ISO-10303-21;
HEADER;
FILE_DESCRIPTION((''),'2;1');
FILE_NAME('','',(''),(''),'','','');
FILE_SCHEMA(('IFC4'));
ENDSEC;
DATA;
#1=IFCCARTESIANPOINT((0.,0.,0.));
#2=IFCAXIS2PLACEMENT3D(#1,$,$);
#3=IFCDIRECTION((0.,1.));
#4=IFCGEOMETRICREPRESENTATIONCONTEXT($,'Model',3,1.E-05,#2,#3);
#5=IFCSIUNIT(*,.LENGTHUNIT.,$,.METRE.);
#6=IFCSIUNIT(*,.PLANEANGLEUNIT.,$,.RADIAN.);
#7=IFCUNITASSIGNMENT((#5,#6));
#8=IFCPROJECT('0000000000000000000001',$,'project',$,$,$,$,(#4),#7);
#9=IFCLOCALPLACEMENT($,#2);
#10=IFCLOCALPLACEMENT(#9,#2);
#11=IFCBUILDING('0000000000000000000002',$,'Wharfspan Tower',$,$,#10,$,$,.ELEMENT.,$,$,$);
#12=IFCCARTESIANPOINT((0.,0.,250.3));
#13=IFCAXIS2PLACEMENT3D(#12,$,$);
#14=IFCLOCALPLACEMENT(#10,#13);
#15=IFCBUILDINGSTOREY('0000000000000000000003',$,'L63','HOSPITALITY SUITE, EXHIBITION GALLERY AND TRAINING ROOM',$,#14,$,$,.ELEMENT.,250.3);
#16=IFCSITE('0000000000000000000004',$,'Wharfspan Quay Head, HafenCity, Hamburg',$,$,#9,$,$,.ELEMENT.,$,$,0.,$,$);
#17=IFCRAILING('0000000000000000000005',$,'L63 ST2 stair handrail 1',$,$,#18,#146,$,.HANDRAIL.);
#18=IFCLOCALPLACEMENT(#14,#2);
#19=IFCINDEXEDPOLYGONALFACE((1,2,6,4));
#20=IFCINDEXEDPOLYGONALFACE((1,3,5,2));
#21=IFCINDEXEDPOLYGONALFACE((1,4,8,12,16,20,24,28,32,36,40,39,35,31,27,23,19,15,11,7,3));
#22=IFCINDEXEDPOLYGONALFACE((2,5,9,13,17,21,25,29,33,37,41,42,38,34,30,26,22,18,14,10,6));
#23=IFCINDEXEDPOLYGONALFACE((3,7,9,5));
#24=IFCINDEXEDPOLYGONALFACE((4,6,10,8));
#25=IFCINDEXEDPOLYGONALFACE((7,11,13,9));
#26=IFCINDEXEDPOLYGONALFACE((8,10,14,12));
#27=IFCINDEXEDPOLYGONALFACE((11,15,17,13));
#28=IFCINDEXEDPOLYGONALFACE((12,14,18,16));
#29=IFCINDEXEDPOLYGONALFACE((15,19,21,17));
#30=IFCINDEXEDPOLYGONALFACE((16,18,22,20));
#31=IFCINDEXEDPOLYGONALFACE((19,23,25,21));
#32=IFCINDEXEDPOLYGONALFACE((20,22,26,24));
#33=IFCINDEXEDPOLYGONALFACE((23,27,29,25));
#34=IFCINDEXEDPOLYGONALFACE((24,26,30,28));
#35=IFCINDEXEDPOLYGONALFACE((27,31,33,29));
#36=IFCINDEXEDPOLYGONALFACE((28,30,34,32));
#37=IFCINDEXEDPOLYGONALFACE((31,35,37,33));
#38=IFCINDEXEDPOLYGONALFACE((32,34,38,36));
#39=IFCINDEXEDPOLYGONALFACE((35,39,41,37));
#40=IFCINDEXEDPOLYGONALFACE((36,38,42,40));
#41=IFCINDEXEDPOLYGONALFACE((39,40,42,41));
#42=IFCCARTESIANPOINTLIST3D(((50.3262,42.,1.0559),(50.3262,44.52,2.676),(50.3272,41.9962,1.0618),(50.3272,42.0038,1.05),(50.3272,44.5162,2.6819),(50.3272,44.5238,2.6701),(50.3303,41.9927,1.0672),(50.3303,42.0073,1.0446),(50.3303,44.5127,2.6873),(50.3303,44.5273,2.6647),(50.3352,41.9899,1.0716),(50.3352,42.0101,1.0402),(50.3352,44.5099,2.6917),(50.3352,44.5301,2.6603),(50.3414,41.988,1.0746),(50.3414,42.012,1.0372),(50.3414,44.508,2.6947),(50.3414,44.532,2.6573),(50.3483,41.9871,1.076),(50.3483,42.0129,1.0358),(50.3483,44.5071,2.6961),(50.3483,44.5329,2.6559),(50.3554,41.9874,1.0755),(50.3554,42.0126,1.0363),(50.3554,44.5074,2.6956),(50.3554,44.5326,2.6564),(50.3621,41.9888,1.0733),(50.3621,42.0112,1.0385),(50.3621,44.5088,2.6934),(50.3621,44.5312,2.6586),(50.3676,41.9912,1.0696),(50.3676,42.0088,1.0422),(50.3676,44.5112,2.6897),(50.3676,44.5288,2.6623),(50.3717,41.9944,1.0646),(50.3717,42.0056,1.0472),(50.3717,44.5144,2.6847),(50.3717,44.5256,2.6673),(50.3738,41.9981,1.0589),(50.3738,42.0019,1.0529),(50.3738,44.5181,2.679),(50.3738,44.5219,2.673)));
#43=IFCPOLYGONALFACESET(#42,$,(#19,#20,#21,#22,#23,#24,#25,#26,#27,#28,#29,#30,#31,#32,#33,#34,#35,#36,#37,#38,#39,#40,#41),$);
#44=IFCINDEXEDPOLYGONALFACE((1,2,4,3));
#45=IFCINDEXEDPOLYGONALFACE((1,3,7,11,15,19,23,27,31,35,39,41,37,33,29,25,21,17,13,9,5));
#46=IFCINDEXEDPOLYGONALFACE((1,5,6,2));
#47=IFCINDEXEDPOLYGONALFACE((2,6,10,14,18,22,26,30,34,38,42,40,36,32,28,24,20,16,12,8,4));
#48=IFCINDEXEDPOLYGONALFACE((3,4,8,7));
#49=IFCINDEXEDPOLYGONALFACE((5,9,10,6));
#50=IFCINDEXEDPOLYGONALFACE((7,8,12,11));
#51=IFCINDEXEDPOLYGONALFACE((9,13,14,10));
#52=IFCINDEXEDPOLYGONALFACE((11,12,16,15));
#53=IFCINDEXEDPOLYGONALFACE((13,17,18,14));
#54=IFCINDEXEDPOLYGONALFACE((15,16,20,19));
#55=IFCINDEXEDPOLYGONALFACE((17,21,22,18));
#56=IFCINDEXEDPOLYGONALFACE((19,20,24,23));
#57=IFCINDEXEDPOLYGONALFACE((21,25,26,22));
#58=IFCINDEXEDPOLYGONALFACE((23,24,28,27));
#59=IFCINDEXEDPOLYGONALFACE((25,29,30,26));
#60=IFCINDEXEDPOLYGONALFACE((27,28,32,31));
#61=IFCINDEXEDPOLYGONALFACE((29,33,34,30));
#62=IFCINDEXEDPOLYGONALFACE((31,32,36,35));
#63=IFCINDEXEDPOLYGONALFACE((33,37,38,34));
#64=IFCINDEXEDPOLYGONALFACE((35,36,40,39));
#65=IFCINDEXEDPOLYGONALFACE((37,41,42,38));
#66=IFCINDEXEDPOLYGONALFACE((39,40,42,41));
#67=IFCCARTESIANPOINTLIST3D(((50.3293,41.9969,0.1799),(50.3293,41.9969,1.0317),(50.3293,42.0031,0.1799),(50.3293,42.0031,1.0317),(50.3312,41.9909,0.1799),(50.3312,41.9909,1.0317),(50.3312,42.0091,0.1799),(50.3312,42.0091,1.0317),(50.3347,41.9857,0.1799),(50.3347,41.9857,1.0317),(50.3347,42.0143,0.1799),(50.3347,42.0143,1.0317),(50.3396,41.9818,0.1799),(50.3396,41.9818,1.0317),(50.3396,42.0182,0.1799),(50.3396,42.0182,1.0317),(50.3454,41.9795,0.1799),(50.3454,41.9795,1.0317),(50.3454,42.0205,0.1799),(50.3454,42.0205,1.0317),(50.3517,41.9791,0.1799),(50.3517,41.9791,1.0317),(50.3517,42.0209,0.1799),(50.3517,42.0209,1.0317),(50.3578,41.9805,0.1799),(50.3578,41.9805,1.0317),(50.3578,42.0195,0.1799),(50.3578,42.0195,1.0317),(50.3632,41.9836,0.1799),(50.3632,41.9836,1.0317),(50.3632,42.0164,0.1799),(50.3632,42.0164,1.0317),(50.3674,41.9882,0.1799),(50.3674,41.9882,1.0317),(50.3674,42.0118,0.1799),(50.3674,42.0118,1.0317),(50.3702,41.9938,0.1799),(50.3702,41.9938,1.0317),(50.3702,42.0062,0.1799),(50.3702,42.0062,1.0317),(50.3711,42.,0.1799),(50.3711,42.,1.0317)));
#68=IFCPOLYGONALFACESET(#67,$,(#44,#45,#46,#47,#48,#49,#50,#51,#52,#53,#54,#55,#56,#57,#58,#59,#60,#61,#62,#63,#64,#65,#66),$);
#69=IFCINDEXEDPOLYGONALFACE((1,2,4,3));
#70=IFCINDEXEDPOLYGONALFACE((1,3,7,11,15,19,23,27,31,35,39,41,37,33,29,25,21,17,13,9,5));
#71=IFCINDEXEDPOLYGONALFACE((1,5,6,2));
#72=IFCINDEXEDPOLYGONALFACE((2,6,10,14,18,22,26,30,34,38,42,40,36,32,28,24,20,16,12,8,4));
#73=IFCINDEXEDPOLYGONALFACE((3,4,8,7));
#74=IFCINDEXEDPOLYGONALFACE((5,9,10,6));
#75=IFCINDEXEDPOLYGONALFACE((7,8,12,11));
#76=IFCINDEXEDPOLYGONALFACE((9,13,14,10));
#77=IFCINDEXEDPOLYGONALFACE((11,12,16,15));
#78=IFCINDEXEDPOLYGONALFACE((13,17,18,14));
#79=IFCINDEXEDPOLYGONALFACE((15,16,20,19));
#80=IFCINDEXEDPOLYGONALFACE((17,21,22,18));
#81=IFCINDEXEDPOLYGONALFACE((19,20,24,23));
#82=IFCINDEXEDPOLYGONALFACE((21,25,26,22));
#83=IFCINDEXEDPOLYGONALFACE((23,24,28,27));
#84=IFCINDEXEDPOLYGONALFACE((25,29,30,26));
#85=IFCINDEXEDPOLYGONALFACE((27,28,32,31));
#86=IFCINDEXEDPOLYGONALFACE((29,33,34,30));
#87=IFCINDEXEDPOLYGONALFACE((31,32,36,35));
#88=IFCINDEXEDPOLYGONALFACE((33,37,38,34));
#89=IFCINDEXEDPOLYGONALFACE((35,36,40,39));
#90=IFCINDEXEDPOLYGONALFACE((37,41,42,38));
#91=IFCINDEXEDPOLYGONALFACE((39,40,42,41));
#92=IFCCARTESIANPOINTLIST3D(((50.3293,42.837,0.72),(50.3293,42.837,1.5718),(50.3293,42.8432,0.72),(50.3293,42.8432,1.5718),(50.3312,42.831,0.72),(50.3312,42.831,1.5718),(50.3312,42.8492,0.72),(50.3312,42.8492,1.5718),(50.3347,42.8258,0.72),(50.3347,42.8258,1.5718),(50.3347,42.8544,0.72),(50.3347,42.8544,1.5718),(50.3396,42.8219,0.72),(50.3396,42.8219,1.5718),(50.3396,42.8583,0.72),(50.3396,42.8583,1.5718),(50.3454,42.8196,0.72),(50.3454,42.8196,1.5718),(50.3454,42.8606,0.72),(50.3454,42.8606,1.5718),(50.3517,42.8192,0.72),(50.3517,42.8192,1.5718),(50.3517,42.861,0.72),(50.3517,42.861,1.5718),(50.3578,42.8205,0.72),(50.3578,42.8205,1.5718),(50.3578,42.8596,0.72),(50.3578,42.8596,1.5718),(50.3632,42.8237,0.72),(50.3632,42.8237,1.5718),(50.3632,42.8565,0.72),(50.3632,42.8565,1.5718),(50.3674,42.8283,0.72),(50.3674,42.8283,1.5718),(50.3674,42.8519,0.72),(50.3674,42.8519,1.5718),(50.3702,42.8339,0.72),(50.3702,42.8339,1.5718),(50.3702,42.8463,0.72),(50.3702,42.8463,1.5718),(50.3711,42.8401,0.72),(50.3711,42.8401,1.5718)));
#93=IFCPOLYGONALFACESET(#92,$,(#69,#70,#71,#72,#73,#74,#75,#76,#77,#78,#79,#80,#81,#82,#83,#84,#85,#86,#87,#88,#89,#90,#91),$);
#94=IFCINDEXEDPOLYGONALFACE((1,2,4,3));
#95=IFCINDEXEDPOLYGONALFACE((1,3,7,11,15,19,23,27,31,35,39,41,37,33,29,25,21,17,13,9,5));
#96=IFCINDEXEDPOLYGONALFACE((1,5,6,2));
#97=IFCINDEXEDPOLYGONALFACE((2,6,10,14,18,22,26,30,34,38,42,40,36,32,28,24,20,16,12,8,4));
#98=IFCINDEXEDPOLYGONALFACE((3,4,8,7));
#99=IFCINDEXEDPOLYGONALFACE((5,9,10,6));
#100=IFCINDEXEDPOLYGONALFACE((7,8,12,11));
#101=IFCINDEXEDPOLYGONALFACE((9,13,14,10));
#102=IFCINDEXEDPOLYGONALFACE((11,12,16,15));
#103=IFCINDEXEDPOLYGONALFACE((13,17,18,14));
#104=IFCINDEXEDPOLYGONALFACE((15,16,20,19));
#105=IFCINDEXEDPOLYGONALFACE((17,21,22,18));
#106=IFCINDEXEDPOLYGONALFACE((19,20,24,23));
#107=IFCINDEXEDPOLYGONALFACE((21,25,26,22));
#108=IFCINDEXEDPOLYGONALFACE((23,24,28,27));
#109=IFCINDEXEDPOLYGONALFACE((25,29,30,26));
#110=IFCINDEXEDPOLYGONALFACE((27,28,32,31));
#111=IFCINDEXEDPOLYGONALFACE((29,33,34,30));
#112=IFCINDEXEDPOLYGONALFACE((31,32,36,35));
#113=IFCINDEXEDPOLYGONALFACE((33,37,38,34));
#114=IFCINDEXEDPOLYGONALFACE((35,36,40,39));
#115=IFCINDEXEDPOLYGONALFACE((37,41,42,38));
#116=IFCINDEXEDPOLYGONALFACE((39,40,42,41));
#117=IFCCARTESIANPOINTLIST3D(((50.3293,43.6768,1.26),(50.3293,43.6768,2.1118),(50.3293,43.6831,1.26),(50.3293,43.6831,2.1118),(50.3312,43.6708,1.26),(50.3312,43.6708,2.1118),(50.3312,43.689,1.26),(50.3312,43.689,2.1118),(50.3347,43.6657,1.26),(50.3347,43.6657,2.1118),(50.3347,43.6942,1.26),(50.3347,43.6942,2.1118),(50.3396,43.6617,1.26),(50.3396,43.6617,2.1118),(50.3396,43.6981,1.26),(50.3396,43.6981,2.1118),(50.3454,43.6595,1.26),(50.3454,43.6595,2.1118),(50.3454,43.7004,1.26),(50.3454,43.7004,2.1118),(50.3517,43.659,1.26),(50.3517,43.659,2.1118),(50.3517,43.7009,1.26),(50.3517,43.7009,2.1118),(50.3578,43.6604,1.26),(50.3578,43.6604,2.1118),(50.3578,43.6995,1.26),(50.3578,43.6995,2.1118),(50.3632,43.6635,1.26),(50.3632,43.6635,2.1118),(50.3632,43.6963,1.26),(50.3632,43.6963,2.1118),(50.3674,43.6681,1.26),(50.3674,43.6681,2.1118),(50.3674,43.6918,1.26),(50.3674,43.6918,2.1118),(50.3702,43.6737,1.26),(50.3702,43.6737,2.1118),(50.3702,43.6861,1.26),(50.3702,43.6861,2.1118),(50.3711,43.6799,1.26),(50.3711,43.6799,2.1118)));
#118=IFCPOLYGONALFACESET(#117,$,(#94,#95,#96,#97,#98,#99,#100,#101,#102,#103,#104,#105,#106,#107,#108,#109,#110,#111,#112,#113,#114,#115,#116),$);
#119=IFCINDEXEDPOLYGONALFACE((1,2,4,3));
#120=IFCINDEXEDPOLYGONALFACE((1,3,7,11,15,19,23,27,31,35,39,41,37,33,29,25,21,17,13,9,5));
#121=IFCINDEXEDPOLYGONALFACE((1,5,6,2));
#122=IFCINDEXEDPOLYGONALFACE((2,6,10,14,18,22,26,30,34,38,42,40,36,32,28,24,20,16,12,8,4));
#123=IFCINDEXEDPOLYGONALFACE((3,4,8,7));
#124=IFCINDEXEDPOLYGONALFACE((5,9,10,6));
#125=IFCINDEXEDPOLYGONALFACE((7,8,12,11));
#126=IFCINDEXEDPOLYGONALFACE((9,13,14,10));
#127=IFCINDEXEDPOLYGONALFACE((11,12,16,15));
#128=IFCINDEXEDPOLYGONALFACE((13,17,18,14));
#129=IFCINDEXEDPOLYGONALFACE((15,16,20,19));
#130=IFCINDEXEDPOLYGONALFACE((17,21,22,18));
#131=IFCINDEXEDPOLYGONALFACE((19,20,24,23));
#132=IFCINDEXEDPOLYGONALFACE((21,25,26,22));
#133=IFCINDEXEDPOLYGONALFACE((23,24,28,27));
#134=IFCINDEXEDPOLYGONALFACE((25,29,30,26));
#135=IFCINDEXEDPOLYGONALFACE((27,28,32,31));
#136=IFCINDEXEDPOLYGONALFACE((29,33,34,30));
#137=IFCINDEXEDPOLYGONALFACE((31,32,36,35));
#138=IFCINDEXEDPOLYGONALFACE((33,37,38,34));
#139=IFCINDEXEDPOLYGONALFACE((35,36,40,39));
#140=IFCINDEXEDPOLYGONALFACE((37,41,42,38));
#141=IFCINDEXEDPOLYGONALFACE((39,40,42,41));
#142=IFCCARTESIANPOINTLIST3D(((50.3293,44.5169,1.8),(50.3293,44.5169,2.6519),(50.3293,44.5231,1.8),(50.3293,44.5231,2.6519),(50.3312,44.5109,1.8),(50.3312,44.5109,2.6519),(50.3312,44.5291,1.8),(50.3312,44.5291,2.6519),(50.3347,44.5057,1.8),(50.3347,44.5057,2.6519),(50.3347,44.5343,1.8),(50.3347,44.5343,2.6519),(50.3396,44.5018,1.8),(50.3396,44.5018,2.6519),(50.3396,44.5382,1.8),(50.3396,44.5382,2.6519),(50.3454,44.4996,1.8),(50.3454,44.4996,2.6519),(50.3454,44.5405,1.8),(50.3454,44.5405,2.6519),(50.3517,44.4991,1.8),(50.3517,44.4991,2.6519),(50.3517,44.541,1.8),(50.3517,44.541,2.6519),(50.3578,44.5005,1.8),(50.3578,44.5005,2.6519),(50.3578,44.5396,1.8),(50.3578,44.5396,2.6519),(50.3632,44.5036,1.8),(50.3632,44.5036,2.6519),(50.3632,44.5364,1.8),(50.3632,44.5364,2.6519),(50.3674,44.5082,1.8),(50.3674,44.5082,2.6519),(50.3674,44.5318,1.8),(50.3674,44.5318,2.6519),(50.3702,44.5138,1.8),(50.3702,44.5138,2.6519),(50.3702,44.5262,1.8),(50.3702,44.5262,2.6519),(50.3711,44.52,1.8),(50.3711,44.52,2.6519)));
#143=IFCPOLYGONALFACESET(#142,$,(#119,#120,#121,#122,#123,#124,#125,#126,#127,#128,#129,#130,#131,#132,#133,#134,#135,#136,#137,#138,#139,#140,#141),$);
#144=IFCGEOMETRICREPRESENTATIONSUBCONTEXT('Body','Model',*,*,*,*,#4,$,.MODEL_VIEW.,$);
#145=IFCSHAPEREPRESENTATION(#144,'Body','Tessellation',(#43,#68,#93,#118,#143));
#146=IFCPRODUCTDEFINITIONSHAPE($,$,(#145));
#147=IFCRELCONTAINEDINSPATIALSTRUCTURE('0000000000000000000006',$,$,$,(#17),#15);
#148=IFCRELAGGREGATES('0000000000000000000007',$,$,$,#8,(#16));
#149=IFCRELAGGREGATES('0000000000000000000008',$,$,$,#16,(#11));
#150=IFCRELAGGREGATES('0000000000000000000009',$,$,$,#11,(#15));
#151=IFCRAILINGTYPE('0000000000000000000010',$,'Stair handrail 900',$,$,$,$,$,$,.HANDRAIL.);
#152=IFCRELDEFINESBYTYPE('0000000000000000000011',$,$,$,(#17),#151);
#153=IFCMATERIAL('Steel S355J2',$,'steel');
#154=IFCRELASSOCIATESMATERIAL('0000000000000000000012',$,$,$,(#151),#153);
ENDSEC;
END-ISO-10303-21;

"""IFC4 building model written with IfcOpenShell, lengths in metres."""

from ifc_helpers import new_model, si_unit, direction, frame, origin, origin_2d, place, context, subcontext, project, spatial, circle, extrude, material, type_object, element, save


model = new_model("IFC4")

# Units and contexts
model_context = context("Model", 3, precision=1e-05, world=origin(), true_north=direction((0.0, 1.0)))
body_context = subcontext(model_context, "Body", "Model", "MODEL_VIEW")
ifc_project = project(units=[si_unit("LENGTHUNIT", "METRE"), si_unit("PLANEANGLEUNIT", "RADIAN")], contexts=[model_context])

# Site, building, storey
site_placement = place(None, origin())
site = spatial("IfcSite", under=ifc_project, at=site_placement, Name="Wharfspan Quay Head, HafenCity, Hamburg", CompositionType="ELEMENT", RefElevation=0.0)
building_placement = place(site_placement, origin())
building = spatial("IfcBuilding", under=site, at=building_placement, Name="Wharfspan Tower", CompositionType="ELEMENT")
storey_placement = place(building_placement, frame((0.0, 0.0, 250.3)))
storey = spatial("IfcBuildingStorey", under=building, at=storey_placement, Name="L63", Description="HOSPITALITY SUITE, EXHIBITION GALLERY AND TRAINING ROOM", CompositionType="ELEMENT", Elevation=250.3)

# Shared definitions
ifc_material_1 = material(Name="Steel S355J2", Category="steel")

# Railing
railing_type_1 = type_object("IfcRailingType", Name="Stair handrail 900", PredefinedType="HANDRAIL", material=ifc_material_1)
railing_1_placement = place(storey_placement, frame((50.3501, 42.0, 0.1799)))
element("IfcRailing", 1, at=railing_1_placement, inside=storey, type_object=railing_type_1, Name="L63 ST2 stair handrail 1", PredefinedType="HANDRAIL", context=body_context, shape_type="SweptSolid", body=[
    extrude(circle(Radius=0.0239, at=origin_2d()), frame((0.0, 0.0, 0.876), z_axis=(0.0, 0.841163, 0.540782), x_axis=(-1.0, 0.0, 0.0)), (0.0, 0.0, 1.0), 2.9958),
    extrude(circle(Radius=0.021, at=origin_2d()), origin(), (0.0, 0.0, 1.0), 0.8518),
    extrude(circle(Radius=0.021, at=origin_2d()), frame((0.0, 0.8401, 0.54)), (0.0, 0.0, 1.0), 0.8518),
    extrude(circle(Radius=0.021, at=origin_2d()), frame((0.0, 1.6799, 1.0801)), (0.0, 0.0, 1.0), 0.8518),
    extrude(circle(Radius=0.021, at=origin_2d()), frame((0.0, 2.52, 1.6201)), (0.0, 0.0, 1.0), 0.8518),
])

save(model, "model.ifc")
